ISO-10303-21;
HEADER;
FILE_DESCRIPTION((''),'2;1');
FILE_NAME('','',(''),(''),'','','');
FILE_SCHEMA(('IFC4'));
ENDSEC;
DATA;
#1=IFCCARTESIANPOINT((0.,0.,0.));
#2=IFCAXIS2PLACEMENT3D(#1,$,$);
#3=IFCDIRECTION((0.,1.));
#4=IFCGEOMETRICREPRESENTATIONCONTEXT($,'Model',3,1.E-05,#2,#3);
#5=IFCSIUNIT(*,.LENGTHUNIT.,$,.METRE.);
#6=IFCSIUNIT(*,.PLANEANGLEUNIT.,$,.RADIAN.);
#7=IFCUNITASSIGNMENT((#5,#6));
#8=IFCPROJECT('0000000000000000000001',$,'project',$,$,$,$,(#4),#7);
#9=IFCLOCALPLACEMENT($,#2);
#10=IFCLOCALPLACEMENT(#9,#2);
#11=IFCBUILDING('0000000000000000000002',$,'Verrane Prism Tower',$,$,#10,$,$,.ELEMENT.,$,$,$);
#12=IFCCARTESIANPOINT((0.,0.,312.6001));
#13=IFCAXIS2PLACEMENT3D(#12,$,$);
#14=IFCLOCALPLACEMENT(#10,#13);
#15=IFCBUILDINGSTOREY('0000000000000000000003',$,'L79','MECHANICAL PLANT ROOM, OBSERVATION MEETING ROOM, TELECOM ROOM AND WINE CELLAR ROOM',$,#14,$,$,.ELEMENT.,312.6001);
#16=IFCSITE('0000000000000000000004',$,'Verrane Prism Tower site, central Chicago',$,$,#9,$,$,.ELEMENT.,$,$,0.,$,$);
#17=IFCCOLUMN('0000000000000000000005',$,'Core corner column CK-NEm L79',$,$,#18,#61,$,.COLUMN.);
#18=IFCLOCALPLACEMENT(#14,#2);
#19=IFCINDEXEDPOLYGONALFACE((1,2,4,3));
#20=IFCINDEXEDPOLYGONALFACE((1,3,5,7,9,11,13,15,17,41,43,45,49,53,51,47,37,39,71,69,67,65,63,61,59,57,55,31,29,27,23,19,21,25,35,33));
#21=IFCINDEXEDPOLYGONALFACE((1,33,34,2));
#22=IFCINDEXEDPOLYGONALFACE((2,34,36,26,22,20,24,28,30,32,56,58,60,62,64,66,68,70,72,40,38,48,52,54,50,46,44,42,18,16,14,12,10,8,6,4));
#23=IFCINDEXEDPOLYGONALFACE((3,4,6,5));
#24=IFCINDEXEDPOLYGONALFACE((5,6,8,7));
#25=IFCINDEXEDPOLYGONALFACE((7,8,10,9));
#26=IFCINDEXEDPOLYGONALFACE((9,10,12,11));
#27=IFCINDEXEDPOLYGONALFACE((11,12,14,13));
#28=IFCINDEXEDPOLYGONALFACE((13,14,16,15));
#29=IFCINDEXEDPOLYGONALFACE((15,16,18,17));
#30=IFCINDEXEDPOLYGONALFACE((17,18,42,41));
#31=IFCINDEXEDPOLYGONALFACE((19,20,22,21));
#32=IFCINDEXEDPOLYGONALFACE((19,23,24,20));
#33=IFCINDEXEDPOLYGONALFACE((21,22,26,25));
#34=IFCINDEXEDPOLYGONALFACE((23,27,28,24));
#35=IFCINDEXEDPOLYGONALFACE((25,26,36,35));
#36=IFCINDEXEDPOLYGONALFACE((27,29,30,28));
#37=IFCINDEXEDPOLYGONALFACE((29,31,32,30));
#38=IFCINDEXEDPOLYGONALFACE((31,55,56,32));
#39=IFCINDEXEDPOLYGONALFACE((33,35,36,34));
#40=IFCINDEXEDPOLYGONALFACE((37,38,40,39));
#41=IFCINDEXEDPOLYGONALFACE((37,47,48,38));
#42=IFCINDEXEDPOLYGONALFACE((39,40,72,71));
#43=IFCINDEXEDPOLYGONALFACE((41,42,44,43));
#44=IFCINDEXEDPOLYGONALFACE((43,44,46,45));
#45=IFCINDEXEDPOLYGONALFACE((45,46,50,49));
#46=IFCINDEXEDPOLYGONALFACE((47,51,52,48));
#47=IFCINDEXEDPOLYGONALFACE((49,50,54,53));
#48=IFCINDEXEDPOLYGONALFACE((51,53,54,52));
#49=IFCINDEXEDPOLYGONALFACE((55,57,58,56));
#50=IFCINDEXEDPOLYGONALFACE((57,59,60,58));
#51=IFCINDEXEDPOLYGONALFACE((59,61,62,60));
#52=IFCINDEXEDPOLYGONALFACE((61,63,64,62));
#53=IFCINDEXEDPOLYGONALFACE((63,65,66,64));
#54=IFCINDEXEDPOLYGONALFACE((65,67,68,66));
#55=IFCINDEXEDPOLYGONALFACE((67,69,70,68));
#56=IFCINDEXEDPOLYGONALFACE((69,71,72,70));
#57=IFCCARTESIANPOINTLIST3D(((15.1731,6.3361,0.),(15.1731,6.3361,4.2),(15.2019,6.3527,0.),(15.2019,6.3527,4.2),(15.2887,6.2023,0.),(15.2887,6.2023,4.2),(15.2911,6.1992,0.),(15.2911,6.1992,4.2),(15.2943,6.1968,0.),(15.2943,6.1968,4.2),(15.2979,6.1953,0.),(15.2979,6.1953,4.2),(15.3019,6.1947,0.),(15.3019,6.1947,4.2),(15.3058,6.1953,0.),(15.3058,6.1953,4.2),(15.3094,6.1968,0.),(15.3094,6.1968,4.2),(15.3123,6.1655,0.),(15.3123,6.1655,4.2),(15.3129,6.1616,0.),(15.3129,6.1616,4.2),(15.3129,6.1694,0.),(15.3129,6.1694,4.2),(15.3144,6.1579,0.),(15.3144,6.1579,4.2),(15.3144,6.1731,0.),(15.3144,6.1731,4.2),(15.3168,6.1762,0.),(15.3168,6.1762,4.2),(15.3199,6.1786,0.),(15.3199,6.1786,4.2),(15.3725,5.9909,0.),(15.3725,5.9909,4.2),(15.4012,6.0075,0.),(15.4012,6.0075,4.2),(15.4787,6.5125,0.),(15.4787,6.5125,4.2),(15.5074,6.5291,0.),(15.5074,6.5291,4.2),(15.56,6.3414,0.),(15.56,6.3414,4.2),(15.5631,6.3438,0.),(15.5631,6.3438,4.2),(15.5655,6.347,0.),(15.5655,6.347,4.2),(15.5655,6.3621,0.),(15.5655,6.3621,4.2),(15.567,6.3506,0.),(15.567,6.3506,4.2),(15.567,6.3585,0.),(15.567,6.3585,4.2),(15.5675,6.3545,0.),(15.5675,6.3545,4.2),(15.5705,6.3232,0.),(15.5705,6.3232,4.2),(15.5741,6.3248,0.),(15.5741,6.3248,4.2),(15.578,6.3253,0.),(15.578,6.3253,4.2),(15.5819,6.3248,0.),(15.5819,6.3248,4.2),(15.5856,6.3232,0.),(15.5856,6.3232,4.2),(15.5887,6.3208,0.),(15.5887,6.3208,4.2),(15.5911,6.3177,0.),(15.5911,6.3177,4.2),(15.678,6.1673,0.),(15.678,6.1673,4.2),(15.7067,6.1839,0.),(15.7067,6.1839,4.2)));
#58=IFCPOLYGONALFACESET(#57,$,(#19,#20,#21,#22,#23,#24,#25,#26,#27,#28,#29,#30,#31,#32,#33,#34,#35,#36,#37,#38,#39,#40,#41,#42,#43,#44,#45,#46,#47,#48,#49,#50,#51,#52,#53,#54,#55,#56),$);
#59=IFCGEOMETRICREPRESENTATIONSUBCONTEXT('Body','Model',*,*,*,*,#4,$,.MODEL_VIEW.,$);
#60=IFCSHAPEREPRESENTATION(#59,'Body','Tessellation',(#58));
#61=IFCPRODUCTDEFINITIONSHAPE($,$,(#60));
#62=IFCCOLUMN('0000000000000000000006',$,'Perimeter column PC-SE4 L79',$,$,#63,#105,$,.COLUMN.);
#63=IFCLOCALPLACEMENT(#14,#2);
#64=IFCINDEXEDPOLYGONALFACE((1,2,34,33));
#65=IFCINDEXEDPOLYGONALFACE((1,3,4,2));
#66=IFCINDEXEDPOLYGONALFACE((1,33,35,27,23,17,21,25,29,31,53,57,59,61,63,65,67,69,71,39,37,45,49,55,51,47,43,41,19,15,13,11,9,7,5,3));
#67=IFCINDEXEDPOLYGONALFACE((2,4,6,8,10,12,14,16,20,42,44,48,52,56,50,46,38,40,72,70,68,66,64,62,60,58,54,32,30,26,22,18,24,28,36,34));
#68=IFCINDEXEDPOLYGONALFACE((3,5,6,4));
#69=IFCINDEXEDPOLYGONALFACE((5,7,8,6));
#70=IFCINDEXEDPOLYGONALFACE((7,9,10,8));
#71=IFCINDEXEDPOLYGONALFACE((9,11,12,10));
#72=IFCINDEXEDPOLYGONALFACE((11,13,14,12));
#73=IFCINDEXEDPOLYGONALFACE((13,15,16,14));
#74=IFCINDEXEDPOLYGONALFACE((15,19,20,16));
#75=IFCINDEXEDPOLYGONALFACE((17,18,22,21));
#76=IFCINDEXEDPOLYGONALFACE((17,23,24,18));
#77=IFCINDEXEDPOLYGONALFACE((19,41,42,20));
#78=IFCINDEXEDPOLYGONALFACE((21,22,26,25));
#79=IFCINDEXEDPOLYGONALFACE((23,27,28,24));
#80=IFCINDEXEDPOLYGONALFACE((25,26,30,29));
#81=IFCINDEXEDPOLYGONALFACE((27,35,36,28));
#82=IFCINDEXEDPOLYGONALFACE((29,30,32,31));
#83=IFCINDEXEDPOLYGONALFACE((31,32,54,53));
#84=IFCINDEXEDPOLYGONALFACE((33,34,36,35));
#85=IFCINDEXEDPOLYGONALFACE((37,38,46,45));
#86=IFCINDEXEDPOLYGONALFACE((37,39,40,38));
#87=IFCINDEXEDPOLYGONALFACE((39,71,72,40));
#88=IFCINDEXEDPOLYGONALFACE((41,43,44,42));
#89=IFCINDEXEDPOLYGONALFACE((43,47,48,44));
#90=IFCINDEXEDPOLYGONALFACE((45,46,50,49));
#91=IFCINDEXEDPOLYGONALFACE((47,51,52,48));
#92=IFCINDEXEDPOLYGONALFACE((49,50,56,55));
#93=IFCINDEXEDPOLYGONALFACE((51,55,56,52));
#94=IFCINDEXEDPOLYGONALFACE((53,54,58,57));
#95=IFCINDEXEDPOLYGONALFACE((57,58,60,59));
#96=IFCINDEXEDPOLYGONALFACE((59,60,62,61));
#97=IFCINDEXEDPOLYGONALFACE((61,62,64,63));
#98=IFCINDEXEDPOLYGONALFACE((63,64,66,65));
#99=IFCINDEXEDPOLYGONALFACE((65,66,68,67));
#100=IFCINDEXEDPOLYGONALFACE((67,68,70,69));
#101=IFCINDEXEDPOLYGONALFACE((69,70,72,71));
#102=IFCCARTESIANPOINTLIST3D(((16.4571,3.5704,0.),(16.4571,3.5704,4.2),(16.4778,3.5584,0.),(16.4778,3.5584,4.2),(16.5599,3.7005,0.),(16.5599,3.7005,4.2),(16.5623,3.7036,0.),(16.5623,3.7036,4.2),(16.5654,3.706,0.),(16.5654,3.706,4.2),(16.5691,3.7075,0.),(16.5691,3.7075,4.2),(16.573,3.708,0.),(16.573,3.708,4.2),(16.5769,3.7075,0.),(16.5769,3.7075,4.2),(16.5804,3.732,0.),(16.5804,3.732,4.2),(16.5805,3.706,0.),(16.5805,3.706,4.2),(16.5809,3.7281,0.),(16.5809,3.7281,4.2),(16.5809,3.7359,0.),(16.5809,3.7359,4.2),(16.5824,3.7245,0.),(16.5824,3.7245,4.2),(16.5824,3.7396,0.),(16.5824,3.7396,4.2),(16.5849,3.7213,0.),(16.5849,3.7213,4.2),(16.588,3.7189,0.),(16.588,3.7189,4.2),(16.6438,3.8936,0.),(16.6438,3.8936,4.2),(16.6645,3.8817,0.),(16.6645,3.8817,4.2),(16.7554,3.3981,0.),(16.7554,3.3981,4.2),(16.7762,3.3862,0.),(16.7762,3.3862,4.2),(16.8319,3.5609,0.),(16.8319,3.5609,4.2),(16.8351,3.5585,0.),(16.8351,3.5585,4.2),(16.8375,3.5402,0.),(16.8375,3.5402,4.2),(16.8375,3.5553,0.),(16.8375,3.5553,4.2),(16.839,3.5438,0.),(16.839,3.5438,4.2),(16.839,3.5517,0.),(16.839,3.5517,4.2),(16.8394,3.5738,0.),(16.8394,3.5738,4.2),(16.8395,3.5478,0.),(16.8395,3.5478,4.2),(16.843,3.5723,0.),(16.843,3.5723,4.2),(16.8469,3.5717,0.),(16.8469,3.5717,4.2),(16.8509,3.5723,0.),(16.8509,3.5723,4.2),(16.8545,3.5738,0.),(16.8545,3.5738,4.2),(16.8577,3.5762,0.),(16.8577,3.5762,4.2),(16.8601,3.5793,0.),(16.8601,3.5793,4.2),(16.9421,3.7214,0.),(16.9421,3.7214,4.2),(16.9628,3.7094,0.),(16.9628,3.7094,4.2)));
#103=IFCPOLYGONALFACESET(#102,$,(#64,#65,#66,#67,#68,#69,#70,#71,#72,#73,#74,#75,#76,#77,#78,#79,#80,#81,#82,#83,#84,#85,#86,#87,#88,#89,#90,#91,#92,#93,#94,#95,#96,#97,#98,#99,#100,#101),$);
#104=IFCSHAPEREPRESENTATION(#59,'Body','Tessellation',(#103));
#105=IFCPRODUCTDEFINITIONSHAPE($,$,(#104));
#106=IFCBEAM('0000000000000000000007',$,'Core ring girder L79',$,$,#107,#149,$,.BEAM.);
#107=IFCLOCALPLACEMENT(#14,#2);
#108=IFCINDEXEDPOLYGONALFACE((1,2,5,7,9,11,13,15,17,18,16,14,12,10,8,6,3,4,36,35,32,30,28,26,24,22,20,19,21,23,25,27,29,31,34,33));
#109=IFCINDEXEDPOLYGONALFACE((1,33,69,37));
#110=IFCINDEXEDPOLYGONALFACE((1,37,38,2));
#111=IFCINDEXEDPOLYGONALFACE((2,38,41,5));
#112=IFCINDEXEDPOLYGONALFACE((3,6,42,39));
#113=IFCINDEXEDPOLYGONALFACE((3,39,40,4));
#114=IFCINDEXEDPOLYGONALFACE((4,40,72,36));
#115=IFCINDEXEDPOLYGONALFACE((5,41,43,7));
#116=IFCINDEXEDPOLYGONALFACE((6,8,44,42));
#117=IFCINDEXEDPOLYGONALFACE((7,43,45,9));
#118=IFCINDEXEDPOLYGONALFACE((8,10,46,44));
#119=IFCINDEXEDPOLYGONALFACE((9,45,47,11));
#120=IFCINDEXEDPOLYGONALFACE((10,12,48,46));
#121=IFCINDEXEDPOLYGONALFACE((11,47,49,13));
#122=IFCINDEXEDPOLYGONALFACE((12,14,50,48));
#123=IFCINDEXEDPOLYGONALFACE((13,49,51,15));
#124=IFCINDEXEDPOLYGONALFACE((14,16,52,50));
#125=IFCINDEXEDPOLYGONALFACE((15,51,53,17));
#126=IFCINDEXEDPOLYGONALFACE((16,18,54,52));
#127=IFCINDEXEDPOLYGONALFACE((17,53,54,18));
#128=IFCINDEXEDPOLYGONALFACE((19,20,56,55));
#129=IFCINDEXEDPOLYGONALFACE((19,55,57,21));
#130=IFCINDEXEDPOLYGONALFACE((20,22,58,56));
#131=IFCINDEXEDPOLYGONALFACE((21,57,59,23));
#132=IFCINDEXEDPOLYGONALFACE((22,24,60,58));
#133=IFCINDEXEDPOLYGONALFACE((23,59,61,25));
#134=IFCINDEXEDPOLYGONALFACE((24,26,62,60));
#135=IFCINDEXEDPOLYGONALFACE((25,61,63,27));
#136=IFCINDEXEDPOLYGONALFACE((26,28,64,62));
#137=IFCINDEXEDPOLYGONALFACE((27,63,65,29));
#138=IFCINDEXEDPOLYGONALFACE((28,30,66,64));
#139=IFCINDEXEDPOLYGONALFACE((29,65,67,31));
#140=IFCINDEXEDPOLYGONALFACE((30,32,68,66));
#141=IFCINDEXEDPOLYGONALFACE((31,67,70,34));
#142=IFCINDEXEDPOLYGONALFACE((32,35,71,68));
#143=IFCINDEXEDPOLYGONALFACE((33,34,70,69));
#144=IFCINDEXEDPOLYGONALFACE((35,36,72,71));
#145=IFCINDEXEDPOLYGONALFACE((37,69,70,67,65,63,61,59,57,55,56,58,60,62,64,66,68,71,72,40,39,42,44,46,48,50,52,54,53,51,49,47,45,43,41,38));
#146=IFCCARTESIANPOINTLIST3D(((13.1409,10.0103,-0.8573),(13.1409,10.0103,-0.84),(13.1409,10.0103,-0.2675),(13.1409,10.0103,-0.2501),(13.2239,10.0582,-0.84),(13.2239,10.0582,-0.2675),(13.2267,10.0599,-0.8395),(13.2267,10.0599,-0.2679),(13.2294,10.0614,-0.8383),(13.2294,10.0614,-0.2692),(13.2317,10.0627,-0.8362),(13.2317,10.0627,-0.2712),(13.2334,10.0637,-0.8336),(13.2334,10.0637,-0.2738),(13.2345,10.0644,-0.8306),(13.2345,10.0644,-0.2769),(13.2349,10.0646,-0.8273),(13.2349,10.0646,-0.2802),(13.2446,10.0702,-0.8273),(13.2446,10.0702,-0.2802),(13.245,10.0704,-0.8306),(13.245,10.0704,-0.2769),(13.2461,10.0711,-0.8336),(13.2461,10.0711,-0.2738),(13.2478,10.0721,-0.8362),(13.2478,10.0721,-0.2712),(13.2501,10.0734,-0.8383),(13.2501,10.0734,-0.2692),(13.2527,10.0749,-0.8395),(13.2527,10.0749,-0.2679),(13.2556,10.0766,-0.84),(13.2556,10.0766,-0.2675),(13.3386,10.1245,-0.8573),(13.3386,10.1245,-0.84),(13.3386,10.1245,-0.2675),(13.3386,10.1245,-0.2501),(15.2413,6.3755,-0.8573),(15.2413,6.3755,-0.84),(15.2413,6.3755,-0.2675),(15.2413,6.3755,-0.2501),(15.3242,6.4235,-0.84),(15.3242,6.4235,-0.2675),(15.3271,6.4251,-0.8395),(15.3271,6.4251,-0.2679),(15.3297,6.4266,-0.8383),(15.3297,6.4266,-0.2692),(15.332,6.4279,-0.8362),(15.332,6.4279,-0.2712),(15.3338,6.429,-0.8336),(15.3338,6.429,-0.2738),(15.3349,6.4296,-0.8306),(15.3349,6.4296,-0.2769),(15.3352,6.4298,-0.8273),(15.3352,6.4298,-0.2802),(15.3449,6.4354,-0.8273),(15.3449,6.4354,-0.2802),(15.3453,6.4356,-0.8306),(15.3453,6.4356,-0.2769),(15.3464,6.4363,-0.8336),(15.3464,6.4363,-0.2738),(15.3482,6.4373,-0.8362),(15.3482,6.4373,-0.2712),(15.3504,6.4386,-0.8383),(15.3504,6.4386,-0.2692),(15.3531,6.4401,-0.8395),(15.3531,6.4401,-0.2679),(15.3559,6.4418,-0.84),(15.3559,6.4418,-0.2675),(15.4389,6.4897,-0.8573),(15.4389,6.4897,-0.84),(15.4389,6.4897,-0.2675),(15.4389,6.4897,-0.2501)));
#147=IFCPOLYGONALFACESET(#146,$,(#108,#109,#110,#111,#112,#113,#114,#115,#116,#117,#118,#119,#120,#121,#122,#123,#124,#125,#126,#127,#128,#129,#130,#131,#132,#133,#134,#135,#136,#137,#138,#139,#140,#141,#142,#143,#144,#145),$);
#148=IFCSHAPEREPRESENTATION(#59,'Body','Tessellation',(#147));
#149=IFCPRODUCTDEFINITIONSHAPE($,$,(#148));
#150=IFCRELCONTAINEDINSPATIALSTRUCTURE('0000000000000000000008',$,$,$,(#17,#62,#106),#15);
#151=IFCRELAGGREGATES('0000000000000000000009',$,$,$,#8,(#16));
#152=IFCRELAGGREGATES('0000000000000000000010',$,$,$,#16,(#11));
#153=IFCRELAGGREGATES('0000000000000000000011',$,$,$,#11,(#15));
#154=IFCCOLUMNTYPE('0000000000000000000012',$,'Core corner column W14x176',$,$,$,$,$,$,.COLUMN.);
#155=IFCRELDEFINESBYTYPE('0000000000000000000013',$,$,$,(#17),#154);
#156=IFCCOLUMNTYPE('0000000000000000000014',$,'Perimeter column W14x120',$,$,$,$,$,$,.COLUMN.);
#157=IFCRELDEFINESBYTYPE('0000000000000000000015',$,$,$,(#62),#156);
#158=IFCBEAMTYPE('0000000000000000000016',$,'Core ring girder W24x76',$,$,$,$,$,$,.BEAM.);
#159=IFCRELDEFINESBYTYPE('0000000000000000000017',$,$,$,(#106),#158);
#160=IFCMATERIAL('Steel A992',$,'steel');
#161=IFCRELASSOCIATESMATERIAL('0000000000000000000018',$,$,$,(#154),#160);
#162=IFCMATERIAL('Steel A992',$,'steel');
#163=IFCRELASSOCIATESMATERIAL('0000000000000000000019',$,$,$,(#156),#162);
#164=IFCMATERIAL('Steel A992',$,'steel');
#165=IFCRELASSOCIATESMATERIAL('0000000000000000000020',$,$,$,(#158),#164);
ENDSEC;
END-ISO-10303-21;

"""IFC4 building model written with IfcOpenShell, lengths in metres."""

from ifc_helpers import new_model, si_unit, direction, frame, origin, origin_2d, place, context, subcontext, project, spatial, i_section, extrude, material, material_profile, profile_set, type_object, element, save


model = new_model("IFC4")

# Units and contexts
model_context = context("Model", 3, precision=1e-05, world=origin(), true_north=direction((0.0, 1.0)))
body_context = subcontext(model_context, "Body", "Model", "MODEL_VIEW")
ifc_project = project(units=[si_unit("LENGTHUNIT", "METRE"), si_unit("PLANEANGLEUNIT", "RADIAN")], contexts=[model_context])

# Site, building, storey
site_placement = place(None, origin())
site = spatial("IfcSite", under=ifc_project, at=site_placement, Name="Verrane Prism Tower site, central Chicago", CompositionType="ELEMENT", RefElevation=0.0)
building_placement = place(site_placement, origin())
building = spatial("IfcBuilding", under=site, at=building_placement, Name="Verrane Prism Tower", CompositionType="ELEMENT")
storey_placement = place(building_placement, frame((0.0, 0.0, 312.6001)))
storey = spatial("IfcBuildingStorey", under=building, at=storey_placement, Name="L79", Description="MECHANICAL PLANT ROOM, OBSERVATION MEETING ROOM, TELECOM ROOM AND WINE CELLAR ROOM", CompositionType="ELEMENT", Elevation=312.6001)

# Columns
ifc_material_1 = material(Name="Steel A992", Category="steel")
ifc_material_profile_1 = material_profile(ifc_material_1, i_section(OverallWidth=0.3987, OverallDepth=0.386, WebThickness=0.021, FlangeThickness=0.0332, FilletRadius=0.0151, at=origin_2d()), Name="W14x176")
ifc_profile_set_1 = profile_set([ifc_material_profile_1], Name="Steel A992")
column_type_1 = type_object("IfcColumnType", Name="Core corner column W14x176", PredefinedType="COLUMN", material=ifc_profile_set_1)
column_1_placement = place(storey_placement, frame((15.4399, 6.26, 0.0), z_axis=(0.0, 0.0, 1.0), x_axis=(0.5, -0.866025, 0.0)))
element("IfcColumn", 1, at=column_1_placement, inside=storey, type_object=column_type_1, Name="Core corner column CK-NEm L79", PredefinedType="COLUMN", context=body_context, shape_type="SweptSolid", body=[
    extrude(i_section(OverallWidth=0.3987, OverallDepth=0.386, WebThickness=0.021, FlangeThickness=0.0332, FilletRadius=0.0151, at=origin_2d()), origin(), (0.0, 0.0, 1.0), 4.2),
])
ifc_material_2 = material(Name="Steel A992", Category="steel")
ifc_material_profile_2 = material_profile(ifc_material_2, i_section(OverallWidth=0.3733, OverallDepth=0.3684, WebThickness=0.0149, FlangeThickness=0.0239, FilletRadius=0.0151, at=origin_2d()), Name="W14x120")
ifc_profile_set_2 = profile_set([ifc_material_profile_2], Name="Steel A992")
column_type_2 = type_object("IfcColumnType", Name="Perimeter column W14x120", PredefinedType="COLUMN", material=ifc_profile_set_2)
column_2_placement = place(storey_placement, frame((16.71, 3.6399, 0.0), z_axis=(0.0, 0.0, 1.0), x_axis=(-0.5, -0.866025, 0.0)))
element("IfcColumn", 2, at=column_2_placement, inside=storey, type_object=column_type_2, Name="Perimeter column PC-SE4 L79", PredefinedType="COLUMN", context=body_context, shape_type="SweptSolid", body=[
    extrude(i_section(OverallWidth=0.3733, OverallDepth=0.3684, WebThickness=0.0149, FlangeThickness=0.0239, FilletRadius=0.0151, at=origin_2d()), origin(), (0.0, 0.0, 1.0), 4.2),
])

# Beam
ifc_material_3 = material(Name="Steel A992", Category="steel")
ifc_material_profile_3 = material_profile(ifc_material_3, i_section(OverallWidth=0.2283, OverallDepth=0.6072, WebThickness=0.0112, FlangeThickness=0.0173, FilletRadius=0.0127, at=origin_2d()), Name="W24x76")
ifc_profile_set_3 = profile_set([ifc_material_profile_3], Name="Steel A992")
beam_type_1 = type_object("IfcBeamType", Name="Core ring girder W24x76", PredefinedType="BEAM", material=ifc_profile_set_3)
beam_1_placement = place(storey_placement, frame((15.3401, 6.4326, -0.5537), z_axis=(-0.500323, 0.865839, 0.0), x_axis=(-0.865839, -0.500323, 0.0)))
element("IfcBeam", 3, at=beam_1_placement, inside=storey, type_object=beam_type_1, Name="Core ring girder L79", PredefinedType="BEAM", context=body_context, shape_type="SweptSolid", body=[
    extrude(i_section(OverallWidth=0.2283, OverallDepth=0.6072, WebThickness=0.0112, FlangeThickness=0.0173, FilletRadius=0.0127, at=origin_2d()), origin(), (0.0, 0.0, 1.0), 4.198),
])

save(model, "model.ifc")
